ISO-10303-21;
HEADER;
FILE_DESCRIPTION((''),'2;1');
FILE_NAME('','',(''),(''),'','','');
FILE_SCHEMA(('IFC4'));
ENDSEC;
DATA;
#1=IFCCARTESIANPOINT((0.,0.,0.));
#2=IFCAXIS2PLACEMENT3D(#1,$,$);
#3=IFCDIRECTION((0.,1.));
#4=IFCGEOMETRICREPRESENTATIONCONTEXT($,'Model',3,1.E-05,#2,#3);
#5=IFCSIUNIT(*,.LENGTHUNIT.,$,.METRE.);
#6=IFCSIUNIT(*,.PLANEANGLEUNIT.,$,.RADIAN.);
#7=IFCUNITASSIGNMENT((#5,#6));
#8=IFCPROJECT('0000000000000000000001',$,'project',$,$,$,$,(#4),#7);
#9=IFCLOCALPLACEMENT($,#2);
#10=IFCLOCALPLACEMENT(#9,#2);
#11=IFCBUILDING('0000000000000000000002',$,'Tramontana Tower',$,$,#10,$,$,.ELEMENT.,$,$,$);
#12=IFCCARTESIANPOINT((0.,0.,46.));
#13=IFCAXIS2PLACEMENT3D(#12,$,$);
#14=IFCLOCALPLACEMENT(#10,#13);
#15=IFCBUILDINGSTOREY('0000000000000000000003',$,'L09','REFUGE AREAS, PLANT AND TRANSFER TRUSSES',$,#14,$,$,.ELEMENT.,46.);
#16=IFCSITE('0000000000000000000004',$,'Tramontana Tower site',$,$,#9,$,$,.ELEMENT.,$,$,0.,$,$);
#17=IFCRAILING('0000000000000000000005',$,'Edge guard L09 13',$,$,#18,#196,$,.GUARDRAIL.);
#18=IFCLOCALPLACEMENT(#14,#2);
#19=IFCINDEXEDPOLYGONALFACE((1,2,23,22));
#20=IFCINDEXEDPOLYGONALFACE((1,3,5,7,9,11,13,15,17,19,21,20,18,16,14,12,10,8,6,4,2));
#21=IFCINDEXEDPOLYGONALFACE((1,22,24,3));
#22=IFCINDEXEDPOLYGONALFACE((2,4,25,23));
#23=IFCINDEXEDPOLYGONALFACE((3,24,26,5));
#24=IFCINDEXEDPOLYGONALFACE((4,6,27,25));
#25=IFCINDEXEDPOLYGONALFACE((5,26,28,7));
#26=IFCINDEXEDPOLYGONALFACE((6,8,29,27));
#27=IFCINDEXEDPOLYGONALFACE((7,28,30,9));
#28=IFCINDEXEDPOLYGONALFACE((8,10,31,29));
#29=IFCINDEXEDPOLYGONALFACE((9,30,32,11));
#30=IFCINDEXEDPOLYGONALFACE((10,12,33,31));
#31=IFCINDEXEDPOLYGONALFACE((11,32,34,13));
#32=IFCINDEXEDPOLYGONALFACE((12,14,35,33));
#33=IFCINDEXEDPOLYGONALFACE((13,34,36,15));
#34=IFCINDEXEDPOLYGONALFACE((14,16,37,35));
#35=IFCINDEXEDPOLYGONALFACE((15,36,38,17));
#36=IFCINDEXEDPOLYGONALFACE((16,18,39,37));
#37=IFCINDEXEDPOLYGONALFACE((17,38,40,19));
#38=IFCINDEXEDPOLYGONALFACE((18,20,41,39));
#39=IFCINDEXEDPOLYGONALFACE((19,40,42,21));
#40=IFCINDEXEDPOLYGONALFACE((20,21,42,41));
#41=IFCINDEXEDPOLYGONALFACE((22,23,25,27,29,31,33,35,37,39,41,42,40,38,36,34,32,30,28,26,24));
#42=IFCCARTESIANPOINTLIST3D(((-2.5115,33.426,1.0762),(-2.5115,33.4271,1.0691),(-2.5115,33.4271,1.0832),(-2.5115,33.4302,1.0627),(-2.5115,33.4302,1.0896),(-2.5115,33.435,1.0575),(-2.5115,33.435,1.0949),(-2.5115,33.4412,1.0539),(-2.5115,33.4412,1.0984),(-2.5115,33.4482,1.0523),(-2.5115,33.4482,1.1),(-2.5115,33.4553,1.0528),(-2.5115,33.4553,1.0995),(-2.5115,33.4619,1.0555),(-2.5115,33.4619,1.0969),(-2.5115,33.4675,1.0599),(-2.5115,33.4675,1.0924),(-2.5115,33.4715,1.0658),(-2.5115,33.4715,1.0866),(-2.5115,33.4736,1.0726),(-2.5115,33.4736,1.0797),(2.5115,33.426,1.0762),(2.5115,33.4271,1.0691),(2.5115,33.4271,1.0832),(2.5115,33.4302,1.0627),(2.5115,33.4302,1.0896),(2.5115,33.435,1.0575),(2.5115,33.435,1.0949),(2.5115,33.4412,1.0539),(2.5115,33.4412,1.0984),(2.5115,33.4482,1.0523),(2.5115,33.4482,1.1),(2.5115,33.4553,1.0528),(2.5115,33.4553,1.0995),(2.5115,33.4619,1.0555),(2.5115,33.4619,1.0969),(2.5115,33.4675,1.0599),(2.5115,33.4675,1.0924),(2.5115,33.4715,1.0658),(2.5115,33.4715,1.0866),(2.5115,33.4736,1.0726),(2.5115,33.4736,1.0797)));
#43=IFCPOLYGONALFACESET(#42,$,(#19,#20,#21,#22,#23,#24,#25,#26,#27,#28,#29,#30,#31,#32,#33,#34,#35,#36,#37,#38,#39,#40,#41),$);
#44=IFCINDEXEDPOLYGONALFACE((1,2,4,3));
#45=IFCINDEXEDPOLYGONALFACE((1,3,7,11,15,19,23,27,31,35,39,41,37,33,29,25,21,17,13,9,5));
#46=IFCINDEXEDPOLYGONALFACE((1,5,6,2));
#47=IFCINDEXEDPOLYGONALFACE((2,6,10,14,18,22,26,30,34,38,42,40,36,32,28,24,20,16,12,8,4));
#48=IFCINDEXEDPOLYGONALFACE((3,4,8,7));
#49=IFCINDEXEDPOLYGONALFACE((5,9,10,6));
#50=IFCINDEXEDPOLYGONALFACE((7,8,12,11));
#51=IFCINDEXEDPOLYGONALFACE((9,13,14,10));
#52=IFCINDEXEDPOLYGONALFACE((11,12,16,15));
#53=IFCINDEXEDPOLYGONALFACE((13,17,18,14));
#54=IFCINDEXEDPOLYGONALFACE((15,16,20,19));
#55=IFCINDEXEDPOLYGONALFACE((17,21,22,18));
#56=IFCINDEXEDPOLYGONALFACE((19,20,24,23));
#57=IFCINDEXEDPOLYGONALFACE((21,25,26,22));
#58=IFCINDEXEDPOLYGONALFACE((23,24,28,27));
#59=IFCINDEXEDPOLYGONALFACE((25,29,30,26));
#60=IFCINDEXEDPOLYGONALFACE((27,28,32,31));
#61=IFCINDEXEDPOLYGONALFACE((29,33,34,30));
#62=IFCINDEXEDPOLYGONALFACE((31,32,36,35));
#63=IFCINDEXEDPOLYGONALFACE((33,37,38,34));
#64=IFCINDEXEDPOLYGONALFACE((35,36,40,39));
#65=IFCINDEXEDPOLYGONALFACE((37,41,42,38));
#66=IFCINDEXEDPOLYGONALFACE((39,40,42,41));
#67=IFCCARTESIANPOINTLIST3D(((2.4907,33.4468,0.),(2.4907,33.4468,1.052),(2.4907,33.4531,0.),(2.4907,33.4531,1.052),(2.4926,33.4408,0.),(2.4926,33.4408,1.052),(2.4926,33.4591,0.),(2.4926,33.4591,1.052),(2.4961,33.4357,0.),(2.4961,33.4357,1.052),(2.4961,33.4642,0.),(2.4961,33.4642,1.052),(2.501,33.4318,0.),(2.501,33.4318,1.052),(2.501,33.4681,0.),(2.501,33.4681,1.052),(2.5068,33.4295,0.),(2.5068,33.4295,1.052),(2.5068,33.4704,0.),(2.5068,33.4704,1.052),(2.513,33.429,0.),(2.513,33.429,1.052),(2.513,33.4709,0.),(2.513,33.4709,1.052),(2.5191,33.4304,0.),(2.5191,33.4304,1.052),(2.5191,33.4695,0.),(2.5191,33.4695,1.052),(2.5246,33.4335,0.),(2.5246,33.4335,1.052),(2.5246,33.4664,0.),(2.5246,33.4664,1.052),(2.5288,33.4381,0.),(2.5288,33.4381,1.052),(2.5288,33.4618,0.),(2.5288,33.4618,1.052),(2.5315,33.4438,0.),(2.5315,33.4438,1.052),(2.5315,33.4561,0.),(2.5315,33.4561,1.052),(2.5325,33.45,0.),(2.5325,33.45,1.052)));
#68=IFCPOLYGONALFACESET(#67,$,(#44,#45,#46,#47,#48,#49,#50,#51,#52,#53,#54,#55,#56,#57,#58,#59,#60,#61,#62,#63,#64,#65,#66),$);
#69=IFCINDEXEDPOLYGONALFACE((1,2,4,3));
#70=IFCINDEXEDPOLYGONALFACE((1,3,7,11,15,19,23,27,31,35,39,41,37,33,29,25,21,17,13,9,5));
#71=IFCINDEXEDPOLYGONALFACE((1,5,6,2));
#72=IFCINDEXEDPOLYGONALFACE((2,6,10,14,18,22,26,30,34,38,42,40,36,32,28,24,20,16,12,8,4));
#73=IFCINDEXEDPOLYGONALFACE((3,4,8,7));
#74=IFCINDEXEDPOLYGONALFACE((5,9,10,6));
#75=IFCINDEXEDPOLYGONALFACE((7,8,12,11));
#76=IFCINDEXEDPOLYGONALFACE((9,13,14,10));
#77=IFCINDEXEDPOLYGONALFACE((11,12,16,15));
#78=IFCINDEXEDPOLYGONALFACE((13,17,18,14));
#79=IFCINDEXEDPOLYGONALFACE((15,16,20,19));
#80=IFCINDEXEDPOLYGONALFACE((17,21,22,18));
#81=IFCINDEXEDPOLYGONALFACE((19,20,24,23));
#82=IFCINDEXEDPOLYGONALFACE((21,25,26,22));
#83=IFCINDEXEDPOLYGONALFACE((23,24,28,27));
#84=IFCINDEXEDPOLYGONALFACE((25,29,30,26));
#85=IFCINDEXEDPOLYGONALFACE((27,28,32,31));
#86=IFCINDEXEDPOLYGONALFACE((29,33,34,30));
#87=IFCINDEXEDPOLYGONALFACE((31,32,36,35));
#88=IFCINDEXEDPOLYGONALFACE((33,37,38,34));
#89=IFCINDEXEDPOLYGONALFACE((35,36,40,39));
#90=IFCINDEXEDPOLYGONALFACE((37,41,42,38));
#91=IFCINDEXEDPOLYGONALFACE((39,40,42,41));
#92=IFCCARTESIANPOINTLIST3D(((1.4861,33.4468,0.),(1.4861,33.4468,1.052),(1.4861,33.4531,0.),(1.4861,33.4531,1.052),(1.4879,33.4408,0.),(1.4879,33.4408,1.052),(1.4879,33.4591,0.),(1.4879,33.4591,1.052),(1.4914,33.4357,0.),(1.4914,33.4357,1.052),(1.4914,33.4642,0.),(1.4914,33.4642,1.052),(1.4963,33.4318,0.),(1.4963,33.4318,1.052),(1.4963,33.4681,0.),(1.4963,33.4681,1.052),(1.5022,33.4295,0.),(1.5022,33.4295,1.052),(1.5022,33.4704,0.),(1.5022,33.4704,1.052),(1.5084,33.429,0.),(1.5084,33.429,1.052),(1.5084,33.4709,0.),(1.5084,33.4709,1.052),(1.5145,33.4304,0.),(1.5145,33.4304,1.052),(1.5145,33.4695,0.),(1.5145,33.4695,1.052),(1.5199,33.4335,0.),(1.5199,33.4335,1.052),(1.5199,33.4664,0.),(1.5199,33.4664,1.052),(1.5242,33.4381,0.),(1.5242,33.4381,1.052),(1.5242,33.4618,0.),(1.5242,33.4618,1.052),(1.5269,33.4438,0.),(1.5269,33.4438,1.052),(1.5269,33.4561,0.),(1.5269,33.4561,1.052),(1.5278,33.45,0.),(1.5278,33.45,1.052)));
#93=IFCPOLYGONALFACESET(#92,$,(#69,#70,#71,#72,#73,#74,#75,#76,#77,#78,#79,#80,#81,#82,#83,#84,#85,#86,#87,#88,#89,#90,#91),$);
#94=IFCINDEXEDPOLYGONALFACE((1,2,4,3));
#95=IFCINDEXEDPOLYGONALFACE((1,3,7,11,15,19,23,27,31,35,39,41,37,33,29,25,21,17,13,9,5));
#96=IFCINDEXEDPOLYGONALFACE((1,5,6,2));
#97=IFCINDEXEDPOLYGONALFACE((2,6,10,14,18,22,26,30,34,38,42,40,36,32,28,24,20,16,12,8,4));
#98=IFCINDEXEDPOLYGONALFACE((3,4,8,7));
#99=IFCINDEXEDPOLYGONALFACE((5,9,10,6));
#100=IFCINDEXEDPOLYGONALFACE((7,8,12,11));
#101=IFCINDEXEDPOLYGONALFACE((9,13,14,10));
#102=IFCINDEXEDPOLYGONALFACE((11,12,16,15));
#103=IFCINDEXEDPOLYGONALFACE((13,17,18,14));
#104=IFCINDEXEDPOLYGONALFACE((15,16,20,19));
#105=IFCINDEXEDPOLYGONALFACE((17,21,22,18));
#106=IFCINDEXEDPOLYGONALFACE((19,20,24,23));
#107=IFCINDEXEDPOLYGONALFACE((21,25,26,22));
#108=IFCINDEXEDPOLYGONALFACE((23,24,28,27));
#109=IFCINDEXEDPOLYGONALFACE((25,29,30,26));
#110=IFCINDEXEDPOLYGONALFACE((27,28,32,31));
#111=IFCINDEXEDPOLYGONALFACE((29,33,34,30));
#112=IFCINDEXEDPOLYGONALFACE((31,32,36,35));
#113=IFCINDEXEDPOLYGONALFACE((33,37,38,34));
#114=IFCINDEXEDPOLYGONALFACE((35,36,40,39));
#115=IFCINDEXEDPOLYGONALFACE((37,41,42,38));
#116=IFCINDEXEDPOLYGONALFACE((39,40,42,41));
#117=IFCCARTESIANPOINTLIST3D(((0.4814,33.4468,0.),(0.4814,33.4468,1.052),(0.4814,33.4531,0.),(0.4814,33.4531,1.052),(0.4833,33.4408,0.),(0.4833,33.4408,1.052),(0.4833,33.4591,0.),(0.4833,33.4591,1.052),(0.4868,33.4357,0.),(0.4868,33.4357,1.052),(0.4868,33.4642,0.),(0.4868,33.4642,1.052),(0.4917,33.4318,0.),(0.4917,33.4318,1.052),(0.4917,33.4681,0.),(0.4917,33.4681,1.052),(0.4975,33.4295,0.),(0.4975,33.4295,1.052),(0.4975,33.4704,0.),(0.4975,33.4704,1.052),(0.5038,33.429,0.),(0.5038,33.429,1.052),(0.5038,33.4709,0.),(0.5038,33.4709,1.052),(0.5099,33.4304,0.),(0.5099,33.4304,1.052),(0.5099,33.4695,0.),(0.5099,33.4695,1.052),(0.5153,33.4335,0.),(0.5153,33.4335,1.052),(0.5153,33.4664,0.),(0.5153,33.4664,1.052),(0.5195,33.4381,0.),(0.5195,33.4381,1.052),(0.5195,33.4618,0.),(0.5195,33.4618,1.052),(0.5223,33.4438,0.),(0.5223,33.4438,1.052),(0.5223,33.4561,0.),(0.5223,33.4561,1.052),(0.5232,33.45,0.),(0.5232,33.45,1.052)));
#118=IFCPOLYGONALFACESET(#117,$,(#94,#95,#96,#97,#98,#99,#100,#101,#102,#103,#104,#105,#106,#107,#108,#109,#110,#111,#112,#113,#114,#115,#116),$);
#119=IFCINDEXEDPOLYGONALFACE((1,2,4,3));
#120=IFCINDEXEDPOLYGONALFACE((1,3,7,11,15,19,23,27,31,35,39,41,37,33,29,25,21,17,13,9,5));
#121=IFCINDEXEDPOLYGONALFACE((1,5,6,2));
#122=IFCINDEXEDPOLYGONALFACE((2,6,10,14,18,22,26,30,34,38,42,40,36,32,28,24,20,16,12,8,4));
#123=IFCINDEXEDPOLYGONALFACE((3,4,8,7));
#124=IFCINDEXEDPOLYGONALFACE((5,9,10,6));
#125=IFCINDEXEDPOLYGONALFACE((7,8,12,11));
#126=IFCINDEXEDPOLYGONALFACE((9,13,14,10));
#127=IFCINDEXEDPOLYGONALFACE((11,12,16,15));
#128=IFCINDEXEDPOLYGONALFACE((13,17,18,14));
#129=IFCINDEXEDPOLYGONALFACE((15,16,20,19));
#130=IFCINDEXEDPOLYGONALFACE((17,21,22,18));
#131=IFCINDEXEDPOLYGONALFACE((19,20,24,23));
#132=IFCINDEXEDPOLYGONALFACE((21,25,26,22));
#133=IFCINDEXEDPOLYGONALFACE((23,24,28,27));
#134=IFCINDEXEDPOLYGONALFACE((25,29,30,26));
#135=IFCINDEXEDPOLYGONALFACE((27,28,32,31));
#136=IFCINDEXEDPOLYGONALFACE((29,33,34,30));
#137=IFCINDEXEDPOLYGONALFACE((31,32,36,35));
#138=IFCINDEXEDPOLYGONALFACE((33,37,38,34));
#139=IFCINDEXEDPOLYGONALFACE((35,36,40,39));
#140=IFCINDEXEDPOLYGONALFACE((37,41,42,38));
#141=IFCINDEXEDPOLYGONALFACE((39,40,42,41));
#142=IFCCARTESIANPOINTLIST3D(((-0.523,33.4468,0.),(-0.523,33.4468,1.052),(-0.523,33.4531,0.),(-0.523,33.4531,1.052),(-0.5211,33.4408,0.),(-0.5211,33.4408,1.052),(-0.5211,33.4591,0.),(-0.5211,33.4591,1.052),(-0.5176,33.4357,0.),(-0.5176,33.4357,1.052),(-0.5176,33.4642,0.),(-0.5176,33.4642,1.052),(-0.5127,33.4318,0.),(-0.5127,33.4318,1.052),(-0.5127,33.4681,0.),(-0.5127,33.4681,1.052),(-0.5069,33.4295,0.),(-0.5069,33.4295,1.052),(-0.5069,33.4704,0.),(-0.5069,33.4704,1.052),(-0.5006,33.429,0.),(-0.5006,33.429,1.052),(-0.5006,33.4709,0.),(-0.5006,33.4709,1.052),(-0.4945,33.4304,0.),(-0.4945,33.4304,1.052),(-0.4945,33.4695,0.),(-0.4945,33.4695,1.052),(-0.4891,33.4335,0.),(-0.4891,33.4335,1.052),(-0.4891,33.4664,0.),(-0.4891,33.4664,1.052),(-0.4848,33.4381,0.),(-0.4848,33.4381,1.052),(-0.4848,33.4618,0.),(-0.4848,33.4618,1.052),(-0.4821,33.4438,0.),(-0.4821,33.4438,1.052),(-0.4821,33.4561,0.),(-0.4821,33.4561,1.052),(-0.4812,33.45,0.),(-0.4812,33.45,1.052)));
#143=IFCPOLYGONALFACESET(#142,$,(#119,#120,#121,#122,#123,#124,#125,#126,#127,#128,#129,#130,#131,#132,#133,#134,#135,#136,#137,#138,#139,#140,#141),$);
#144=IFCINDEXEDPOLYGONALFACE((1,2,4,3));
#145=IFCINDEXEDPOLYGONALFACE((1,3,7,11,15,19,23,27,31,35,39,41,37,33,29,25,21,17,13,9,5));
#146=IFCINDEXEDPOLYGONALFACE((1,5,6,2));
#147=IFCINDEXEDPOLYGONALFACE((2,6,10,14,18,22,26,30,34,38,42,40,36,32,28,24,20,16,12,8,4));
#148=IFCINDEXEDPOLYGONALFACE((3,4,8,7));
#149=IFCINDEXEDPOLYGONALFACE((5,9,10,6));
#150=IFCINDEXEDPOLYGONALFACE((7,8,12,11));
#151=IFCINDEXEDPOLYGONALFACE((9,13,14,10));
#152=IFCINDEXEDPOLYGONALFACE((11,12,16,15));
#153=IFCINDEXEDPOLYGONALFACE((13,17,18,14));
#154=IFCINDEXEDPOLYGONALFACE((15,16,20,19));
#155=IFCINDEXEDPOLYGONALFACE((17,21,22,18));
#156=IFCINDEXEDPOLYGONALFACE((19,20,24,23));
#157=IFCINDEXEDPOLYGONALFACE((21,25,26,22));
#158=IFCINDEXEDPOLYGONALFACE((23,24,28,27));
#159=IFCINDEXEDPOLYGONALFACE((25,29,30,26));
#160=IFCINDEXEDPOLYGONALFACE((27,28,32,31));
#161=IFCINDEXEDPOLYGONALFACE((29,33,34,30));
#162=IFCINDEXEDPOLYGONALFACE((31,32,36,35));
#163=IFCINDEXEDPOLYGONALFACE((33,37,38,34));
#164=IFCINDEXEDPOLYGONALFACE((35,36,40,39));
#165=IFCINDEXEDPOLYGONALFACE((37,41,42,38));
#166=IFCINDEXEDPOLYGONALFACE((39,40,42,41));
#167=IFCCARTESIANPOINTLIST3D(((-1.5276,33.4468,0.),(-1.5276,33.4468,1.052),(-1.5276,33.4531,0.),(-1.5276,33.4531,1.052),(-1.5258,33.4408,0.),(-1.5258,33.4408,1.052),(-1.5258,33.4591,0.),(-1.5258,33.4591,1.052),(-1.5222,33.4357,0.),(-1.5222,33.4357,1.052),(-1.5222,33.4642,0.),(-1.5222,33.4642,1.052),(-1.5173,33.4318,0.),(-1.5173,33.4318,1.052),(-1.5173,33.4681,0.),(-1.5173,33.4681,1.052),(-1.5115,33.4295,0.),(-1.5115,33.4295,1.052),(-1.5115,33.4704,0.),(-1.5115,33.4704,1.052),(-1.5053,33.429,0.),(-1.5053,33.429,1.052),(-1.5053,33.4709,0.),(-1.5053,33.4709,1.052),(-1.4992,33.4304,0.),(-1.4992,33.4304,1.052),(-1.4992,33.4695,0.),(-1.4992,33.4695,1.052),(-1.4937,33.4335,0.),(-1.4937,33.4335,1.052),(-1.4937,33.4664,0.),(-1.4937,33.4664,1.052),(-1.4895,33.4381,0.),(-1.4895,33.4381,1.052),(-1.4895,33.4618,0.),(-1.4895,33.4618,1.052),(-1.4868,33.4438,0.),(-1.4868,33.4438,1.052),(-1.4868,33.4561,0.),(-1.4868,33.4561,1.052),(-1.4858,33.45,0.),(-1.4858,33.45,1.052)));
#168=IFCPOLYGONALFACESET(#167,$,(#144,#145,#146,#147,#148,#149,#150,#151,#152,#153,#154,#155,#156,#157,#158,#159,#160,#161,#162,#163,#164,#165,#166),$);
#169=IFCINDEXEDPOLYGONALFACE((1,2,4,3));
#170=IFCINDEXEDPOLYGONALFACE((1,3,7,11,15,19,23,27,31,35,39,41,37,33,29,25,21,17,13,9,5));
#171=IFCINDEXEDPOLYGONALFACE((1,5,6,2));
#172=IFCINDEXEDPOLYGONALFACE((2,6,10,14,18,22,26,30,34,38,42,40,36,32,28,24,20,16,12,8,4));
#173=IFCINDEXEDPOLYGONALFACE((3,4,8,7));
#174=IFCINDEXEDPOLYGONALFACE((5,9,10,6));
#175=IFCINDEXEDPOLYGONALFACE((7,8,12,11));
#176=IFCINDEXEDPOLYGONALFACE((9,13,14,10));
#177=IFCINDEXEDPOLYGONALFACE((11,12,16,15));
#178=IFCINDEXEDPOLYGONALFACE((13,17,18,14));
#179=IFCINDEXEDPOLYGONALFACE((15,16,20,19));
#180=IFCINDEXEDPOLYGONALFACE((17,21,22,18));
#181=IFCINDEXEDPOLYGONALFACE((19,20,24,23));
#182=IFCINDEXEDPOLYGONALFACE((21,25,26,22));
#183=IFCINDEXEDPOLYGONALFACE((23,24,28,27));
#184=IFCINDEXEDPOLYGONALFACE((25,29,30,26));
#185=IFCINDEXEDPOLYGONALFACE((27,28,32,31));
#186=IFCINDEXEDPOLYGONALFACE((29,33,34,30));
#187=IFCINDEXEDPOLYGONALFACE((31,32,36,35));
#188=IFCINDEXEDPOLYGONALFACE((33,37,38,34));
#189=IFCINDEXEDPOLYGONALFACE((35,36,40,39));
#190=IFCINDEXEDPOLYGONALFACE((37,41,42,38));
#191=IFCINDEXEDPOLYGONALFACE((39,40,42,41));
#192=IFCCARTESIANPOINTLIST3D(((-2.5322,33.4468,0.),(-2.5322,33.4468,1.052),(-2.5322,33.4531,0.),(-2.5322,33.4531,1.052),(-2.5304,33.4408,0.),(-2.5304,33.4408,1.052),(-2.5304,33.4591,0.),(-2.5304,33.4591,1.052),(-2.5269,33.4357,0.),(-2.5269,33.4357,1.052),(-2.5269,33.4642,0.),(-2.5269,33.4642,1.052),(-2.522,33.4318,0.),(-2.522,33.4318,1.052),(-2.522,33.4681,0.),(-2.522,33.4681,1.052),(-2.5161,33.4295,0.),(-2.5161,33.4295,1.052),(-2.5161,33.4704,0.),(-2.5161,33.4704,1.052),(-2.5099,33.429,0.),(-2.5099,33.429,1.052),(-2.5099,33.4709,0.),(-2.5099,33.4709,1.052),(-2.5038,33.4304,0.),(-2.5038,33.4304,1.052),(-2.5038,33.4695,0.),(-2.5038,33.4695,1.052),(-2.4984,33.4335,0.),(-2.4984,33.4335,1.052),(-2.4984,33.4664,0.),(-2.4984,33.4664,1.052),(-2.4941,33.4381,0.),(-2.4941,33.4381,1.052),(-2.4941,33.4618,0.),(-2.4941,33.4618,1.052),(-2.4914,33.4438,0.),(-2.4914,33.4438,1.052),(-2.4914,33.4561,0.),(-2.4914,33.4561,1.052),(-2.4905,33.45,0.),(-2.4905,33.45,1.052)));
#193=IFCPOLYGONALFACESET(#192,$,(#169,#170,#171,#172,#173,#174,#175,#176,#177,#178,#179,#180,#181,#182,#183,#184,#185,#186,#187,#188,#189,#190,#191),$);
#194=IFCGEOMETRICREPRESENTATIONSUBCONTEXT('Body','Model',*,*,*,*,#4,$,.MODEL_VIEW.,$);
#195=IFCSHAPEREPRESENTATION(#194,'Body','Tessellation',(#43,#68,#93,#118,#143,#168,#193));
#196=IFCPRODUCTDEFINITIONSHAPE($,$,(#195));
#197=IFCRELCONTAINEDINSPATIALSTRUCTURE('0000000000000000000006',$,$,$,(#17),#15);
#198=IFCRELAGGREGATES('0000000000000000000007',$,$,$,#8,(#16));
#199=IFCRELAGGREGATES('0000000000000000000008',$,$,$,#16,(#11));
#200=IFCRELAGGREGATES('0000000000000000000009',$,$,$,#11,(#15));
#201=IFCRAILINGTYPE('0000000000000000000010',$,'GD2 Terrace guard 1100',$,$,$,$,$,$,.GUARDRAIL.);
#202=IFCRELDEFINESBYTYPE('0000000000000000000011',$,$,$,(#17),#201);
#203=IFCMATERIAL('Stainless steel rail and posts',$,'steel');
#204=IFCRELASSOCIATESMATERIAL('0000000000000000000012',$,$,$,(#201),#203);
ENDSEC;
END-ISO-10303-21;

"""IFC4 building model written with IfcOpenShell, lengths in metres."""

from ifc_helpers import new_model, si_unit, direction, frame, origin, origin_2d, place, context, subcontext, project, spatial, circle, extrude, material, type_object, element, save


model = new_model("IFC4")

# Units and contexts
model_context = context("Model", 3, precision=1e-05, world=origin(), true_north=direction((0.0, 1.0)))
body_context = subcontext(model_context, "Body", "Model", "MODEL_VIEW")
ifc_project = project(units=[si_unit("LENGTHUNIT", "METRE"), si_unit("PLANEANGLEUNIT", "RADIAN")], contexts=[model_context])

# Site, building, storey
site_placement = place(None, origin())
site = spatial("IfcSite", under=ifc_project, at=site_placement, Name="Tramontana Tower site", CompositionType="ELEMENT", RefElevation=0.0)
building_placement = place(site_placement, origin())
building = spatial("IfcBuilding", under=site, at=building_placement, Name="Tramontana Tower", CompositionType="ELEMENT")
storey_placement = place(building_placement, frame((0.0, 0.0, 46.0)))
storey = spatial("IfcBuildingStorey", under=building, at=storey_placement, Name="L09", Description="REFUGE AREAS, PLANT AND TRANSFER TRUSSES", CompositionType="ELEMENT", Elevation=46.0)

# Railing
ifc_material_1 = material(Name="Stainless steel rail and posts", Category="steel")
railing_type = type_object("IfcRailingType", Name="GD2 Terrace guard 1100", PredefinedType="GUARDRAIL", material=ifc_material_1)
railing_1_placement = place(storey_placement, frame((2.5115, 33.45, 0.0)))
element("IfcRailing", 1, at=railing_1_placement, inside=storey, type_object=railing_type, Name="Edge guard L09 13", PredefinedType="GUARDRAIL", context=body_context, shape_type="SweptSolid", body=[
    extrude(circle(Radius=0.0239, at=origin_2d()), frame((0.0, 0.0, 1.0762), z_axis=(-1.0, 0.0, 0.0), x_axis=(0.0, -1.0, 0.0)), (0.0, 0.0, 1.0), 5.0229),
    extrude(circle(Radius=0.021, at=origin_2d()), origin(), (0.0, 0.0, 1.0), 1.052),
    extrude(circle(Radius=0.021, at=origin_2d()), frame((-1.0046, 0.0, 0.0)), (0.0, 0.0, 1.0), 1.052),
    extrude(circle(Radius=0.021, at=origin_2d()), frame((-2.0093, 0.0, 0.0)), (0.0, 0.0, 1.0), 1.052),
    extrude(circle(Radius=0.021, at=origin_2d()), frame((-3.0137, 0.0, 0.0)), (0.0, 0.0, 1.0), 1.052),
    extrude(circle(Radius=0.021, at=origin_2d()), frame((-4.0183, 0.0, 0.0)), (0.0, 0.0, 1.0), 1.052),
    extrude(circle(Radius=0.021, at=origin_2d()), frame((-5.0229, 0.0, 0.0)), (0.0, 0.0, 1.0), 1.052),
])

save(model, "model.ifc")
